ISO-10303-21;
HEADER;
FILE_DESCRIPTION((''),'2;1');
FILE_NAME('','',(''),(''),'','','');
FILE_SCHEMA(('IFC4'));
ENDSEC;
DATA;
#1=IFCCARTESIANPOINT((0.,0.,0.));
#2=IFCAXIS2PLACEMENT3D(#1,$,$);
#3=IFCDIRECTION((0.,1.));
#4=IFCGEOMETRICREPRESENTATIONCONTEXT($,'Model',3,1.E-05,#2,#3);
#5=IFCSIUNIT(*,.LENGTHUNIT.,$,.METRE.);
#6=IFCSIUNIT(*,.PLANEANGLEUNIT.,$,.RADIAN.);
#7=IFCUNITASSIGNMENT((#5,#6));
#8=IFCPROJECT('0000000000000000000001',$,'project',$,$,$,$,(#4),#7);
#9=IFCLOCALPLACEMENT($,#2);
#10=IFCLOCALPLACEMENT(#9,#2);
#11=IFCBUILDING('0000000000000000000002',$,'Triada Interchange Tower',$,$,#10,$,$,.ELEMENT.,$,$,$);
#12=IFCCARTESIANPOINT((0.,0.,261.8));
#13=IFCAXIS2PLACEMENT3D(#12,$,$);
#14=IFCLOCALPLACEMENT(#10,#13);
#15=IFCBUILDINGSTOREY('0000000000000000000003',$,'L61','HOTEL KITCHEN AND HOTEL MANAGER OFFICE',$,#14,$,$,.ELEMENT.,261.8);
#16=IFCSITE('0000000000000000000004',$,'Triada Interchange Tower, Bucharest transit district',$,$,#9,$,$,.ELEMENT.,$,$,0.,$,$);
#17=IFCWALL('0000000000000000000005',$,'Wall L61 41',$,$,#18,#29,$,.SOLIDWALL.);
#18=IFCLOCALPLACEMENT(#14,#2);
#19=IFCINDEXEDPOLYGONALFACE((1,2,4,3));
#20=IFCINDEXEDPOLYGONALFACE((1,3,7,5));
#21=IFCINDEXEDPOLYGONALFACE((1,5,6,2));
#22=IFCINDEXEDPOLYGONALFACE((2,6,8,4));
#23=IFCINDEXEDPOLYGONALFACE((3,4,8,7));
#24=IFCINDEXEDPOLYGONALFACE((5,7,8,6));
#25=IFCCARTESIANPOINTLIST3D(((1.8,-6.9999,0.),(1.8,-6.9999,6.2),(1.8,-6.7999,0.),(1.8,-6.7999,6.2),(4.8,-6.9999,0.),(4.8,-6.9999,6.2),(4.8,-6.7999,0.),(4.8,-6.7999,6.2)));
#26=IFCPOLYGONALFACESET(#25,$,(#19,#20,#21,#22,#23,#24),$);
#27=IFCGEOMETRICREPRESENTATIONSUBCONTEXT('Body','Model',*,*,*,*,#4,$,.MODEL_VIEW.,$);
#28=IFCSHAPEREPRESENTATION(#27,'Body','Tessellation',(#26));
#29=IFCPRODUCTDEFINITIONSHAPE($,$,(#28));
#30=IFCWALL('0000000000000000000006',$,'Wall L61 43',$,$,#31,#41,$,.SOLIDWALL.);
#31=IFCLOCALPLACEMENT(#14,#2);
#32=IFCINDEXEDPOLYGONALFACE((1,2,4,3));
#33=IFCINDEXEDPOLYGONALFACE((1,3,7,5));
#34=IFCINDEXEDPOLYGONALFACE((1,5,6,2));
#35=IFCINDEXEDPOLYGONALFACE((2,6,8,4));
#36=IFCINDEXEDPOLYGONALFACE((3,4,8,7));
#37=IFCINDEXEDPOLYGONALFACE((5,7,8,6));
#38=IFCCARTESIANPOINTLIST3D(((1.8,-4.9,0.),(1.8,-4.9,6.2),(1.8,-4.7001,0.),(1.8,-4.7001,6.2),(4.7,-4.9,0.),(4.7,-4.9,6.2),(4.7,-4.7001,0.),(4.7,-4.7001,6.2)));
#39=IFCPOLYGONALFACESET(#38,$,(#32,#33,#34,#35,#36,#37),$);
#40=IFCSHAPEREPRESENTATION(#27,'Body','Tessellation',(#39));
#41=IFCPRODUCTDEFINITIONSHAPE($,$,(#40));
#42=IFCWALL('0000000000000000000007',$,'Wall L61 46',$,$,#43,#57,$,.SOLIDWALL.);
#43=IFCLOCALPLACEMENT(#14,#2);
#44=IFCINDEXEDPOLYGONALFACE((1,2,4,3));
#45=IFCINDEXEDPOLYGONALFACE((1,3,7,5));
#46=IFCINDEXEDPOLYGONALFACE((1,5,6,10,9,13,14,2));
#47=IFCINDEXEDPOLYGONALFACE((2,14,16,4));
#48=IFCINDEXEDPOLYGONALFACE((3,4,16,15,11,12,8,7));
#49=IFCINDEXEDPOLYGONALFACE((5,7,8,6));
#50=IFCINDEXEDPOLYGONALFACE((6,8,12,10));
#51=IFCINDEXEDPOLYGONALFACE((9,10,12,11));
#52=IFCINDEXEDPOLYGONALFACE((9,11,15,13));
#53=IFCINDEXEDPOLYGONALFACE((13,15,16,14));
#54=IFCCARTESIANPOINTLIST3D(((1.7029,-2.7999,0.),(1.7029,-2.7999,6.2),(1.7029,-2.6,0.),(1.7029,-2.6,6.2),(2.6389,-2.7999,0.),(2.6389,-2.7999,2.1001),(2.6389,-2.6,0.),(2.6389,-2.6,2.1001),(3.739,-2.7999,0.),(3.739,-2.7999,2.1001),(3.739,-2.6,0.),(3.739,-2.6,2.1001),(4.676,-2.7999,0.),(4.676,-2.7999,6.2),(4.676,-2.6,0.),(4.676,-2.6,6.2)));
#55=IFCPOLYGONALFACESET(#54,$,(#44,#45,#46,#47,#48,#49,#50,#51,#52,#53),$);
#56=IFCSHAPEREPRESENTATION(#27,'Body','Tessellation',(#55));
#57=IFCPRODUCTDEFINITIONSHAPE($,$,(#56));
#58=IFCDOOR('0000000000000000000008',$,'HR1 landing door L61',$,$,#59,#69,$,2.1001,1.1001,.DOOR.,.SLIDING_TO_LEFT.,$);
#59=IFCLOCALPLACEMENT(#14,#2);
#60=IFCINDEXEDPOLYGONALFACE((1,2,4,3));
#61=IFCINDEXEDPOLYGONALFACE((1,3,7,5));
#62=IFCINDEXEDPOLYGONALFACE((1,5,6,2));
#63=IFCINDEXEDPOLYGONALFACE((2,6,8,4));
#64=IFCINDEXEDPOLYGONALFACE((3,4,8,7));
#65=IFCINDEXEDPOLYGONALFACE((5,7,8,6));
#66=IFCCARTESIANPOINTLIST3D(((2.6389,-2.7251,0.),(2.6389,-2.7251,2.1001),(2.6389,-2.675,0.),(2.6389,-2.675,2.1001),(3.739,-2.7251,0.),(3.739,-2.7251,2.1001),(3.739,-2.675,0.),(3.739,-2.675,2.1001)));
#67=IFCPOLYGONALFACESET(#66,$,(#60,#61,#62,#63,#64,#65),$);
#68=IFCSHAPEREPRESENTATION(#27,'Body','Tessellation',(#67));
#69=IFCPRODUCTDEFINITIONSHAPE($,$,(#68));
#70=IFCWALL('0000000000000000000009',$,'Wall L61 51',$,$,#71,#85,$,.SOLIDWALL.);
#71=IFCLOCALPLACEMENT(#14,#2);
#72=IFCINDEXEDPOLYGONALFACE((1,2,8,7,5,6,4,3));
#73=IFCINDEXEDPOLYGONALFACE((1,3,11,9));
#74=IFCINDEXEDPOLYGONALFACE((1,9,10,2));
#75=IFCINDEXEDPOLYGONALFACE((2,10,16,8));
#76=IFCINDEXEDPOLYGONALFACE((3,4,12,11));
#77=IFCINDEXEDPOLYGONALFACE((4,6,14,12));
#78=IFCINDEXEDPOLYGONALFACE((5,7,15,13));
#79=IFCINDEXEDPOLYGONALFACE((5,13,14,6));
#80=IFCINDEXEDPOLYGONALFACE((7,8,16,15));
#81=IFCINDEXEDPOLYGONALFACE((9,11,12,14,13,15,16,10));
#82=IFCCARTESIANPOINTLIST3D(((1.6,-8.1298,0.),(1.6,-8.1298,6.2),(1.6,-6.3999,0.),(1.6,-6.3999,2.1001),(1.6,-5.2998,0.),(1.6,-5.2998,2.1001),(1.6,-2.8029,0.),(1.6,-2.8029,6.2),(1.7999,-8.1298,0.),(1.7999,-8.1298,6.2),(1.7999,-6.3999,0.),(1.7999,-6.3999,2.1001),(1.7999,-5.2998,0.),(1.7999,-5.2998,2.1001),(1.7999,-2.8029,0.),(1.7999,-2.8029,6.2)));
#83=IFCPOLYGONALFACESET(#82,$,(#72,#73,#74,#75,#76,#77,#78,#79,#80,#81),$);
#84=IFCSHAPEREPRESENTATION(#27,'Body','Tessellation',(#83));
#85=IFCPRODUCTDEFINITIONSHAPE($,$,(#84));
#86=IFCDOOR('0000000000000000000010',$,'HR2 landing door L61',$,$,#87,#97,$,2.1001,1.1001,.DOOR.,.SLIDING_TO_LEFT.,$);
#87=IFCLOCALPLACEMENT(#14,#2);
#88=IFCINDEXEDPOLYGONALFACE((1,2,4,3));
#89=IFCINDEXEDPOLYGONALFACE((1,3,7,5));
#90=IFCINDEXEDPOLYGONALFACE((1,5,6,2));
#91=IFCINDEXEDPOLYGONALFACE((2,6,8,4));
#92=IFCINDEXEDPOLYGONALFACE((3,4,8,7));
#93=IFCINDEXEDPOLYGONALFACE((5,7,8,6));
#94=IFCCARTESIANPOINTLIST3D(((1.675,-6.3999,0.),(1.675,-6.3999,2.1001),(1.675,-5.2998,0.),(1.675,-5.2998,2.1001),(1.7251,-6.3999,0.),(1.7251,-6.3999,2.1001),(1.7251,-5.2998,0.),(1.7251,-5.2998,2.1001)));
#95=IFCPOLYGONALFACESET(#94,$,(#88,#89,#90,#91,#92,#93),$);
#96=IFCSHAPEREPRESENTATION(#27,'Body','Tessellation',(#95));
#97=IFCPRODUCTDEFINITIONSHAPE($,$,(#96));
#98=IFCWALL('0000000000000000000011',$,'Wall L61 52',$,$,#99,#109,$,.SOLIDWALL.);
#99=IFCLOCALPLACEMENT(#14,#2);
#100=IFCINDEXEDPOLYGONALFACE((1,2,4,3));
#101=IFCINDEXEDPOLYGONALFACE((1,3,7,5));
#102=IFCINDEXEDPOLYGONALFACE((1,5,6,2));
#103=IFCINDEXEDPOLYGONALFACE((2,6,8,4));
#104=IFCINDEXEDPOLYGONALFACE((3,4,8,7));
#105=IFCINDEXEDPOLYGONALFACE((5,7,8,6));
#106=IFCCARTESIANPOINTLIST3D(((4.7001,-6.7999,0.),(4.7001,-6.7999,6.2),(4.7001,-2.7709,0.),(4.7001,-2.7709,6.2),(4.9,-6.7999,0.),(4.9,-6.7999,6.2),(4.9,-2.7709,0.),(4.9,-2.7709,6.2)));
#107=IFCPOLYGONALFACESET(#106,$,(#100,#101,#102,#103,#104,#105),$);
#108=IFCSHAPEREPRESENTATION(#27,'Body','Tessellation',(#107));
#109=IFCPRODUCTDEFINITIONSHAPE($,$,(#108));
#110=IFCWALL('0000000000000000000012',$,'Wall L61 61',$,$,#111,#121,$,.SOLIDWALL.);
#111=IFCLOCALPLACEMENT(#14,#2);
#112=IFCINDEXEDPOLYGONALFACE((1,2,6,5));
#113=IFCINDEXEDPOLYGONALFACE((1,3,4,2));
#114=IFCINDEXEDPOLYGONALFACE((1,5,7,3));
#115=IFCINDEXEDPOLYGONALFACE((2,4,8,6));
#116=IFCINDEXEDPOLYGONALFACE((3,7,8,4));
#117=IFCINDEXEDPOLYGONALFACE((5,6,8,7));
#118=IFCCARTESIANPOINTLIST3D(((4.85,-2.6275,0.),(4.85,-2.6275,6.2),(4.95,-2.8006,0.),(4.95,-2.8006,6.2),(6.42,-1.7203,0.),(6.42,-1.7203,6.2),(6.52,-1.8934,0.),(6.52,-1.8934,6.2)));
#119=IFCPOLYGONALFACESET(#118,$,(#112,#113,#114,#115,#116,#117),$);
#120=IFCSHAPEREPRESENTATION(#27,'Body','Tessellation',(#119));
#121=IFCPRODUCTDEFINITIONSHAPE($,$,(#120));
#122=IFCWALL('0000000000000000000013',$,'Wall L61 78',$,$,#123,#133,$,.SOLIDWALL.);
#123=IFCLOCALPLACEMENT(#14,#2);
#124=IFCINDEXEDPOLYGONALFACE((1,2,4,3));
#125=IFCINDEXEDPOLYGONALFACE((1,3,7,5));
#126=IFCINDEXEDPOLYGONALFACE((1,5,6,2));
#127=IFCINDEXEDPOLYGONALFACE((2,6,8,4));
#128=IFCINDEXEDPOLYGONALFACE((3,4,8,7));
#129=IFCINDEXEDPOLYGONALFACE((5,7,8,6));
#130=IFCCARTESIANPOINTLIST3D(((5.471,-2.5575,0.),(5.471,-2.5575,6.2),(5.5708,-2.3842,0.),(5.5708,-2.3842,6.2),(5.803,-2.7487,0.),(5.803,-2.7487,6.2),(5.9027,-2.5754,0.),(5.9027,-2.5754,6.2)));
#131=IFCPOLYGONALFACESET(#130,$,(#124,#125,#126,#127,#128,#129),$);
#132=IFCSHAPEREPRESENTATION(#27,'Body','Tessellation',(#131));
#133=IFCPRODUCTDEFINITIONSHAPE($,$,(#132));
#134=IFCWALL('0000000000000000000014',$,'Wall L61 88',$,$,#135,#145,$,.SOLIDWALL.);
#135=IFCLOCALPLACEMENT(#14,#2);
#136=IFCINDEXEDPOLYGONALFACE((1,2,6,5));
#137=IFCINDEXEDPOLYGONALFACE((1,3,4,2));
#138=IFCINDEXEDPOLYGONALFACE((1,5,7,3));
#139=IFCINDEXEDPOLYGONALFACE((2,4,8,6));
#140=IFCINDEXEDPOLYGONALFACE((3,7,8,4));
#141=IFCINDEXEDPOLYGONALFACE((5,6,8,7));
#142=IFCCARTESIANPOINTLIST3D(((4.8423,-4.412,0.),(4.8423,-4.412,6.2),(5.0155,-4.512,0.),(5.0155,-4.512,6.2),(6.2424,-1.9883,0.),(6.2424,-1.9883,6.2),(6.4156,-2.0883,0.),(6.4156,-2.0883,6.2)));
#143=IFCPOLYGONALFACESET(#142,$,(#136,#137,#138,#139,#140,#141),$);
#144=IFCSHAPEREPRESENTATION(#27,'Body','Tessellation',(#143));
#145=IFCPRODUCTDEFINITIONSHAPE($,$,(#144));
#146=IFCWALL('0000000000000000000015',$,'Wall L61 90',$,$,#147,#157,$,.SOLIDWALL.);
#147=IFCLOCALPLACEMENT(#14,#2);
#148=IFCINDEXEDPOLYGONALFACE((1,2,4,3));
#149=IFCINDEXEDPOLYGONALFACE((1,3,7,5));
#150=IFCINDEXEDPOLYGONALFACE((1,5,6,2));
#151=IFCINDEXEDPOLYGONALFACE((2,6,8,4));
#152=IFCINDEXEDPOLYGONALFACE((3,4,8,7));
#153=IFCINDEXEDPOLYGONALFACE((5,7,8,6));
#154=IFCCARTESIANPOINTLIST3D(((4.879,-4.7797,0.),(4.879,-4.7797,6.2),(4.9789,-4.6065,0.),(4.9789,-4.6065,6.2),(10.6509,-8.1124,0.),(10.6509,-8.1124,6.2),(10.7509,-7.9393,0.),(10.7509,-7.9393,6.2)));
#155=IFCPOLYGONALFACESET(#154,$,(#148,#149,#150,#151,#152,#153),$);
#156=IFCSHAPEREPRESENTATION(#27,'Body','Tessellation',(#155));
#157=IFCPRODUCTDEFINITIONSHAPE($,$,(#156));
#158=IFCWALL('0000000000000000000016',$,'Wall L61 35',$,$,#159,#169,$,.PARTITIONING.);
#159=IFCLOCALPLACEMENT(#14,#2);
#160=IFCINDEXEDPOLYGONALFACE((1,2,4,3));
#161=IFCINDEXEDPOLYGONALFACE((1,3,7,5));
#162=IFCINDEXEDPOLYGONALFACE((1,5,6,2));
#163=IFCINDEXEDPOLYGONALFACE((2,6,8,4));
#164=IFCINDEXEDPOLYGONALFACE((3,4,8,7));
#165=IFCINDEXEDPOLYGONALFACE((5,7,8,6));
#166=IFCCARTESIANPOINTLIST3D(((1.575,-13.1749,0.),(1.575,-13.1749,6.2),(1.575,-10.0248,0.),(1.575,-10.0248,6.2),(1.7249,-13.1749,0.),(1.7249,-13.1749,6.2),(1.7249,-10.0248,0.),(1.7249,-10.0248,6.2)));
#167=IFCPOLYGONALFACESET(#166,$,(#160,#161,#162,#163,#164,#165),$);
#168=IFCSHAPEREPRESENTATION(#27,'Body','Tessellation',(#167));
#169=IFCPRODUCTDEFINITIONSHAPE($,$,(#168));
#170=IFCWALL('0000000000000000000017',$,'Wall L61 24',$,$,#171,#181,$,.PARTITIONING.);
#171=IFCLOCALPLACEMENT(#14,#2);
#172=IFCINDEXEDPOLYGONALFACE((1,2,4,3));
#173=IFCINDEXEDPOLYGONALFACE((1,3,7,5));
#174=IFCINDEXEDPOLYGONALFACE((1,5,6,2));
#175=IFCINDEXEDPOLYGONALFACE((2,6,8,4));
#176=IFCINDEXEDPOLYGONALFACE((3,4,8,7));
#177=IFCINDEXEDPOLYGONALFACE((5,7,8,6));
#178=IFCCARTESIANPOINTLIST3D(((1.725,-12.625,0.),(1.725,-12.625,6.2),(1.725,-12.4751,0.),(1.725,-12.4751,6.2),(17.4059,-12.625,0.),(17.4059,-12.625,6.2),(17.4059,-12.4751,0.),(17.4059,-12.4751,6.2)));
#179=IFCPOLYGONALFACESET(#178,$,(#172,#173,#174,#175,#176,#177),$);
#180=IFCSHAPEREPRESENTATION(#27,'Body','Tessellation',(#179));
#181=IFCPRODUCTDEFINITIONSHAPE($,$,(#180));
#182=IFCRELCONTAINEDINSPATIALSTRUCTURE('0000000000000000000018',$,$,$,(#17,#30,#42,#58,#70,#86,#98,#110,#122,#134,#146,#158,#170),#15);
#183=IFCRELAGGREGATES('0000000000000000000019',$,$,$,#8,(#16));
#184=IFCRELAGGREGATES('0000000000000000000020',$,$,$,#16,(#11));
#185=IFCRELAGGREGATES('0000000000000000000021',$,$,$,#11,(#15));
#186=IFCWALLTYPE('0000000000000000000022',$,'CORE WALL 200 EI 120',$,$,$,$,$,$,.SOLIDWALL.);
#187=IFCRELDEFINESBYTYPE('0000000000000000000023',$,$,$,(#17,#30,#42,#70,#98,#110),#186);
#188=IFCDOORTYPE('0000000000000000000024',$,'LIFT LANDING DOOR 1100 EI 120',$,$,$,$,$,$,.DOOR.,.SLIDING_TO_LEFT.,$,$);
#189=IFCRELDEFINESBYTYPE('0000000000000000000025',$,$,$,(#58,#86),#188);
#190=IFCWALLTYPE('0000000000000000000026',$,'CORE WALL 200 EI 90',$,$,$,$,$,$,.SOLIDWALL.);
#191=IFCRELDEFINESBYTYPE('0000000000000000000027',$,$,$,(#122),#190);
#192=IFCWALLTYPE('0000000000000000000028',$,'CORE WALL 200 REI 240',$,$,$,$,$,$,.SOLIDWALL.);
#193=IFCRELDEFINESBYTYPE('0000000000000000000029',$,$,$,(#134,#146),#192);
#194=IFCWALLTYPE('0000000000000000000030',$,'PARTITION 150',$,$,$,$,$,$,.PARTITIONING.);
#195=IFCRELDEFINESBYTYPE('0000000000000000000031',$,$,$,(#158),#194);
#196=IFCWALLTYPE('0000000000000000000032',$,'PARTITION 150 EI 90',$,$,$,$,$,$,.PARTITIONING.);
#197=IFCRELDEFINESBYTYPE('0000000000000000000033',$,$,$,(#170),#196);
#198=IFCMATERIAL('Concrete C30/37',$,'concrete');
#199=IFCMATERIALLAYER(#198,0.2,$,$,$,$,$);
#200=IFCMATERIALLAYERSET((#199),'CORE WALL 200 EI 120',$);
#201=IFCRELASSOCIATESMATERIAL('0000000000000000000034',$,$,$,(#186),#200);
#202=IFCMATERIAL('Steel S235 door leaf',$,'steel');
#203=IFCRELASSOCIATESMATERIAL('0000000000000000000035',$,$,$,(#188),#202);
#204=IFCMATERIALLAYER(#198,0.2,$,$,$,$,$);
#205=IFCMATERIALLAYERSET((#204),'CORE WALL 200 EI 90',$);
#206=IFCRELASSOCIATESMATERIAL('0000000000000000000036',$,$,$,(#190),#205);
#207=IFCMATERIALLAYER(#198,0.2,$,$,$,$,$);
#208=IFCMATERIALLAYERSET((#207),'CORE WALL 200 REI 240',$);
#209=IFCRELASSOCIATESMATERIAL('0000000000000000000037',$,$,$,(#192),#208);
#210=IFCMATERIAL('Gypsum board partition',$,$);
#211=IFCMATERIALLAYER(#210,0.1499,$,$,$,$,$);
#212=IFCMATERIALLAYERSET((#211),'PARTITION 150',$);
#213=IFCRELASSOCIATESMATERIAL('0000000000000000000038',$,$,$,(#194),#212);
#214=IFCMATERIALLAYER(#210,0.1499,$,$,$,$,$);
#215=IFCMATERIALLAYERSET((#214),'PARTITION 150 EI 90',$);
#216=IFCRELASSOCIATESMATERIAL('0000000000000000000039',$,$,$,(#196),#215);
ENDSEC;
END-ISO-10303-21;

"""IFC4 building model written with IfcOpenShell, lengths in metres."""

from ifc_helpers import new_model, si_unit, direction, frame, frame_2d, origin, place, context, subcontext, project, spatial, rectangle, extrude, material, layer, layer_set, type_object, element, fill, save


model = new_model("IFC4")

# Units and contexts
model_context = context("Model", 3, precision=1e-05, world=origin(), true_north=direction((0.0, 1.0)))
body_context = subcontext(model_context, "Body", "Model", "MODEL_VIEW")
ifc_project = project(units=[si_unit("LENGTHUNIT", "METRE"), si_unit("PLANEANGLEUNIT", "RADIAN")], contexts=[model_context])

# Site, building, storey
site_placement = place(None, origin())
site = spatial("IfcSite", under=ifc_project, at=site_placement, Name="Triada Interchange Tower, Bucharest transit district", CompositionType="ELEMENT", RefElevation=0.0)
building_placement = place(site_placement, origin())
building = spatial("IfcBuilding", under=site, at=building_placement, Name="Triada Interchange Tower", CompositionType="ELEMENT")
storey_placement = place(building_placement, frame((0.0, 0.0, 261.8)))
storey = spatial("IfcBuildingStorey", under=building, at=storey_placement, Name="L61", Description="HOTEL KITCHEN AND HOTEL MANAGER OFFICE", CompositionType="ELEMENT", Elevation=261.8)

# Walls
ifc_material_1 = material(Name="Concrete C30/37", Category="concrete")
ifc_layer_1 = layer(ifc_material_1, 0.2)
ifc_layer_set_1 = layer_set([ifc_layer_1], Name="CORE WALL 200 EI 120")
wall_type_1 = type_object("IfcWallType", Name="CORE WALL 200 EI 120", PredefinedType="SOLIDWALL", material=ifc_layer_set_1)
wall_1_placement = place(storey_placement, frame((1.8, -6.8999, 0.0), z_axis=(0.0, 0.0, 1.0), x_axis=(1.0, 0.0, 0.0)))
element("IfcWall", 1, at=wall_1_placement, inside=storey, type_object=wall_type_1, Name="Wall L61 41", PredefinedType="SOLIDWALL", context=body_context, shape_type="SweptSolid", body=[
    extrude(rectangle(XDim=3.0, YDim=0.2, at=frame_2d((1.5, 0.0))), origin(), (0.0, 0.0, 1.0), 6.2),
])
wall_2_placement = place(storey_placement, frame((1.8, -4.8, 0.0), z_axis=(0.0, 0.0, 1.0), x_axis=(1.0, 0.0, 0.0)))
element("IfcWall", 2, at=wall_2_placement, inside=storey, type_object=wall_type_1, Name="Wall L61 43", PredefinedType="SOLIDWALL", context=body_context, shape_type="SweptSolid", body=[
    extrude(rectangle(XDim=2.8999, YDim=0.2, at=frame_2d((1.45, 0.0))), origin(), (0.0, 0.0, 1.0), 6.2),
])

# Walls, openings, doors
wall_3_placement = place(storey_placement, frame((1.7029, -2.7, 0.0), z_axis=(0.0, 0.0, 1.0), x_axis=(1.0, 0.0, 0.0)))
wall_3 = element("IfcWall", 3, at=wall_3_placement, inside=storey, type_object=wall_type_1, Name="Wall L61 46", PredefinedType="SOLIDWALL", context=body_context, shape_type="SweptSolid", body=[
    extrude(rectangle(XDim=2.9731, YDim=0.2, at=frame_2d((1.4866, 0.0))), origin(), (0.0, 0.0, 1.0), 6.2),
])
opening_1_placement = place(wall_3_placement, frame((0.936, 0.0, 0.0)))
opening_1 = element("IfcOpeningElement", 4, at=opening_1_placement, cuts=wall_3, PredefinedType="OPENING", context=body_context, shape_type="SweptSolid", body=[
    extrude(rectangle(XDim=1.1001, YDim=2.1001, at=frame_2d((0.55, 1.05))), frame((0.0, 0.1099, 0.0), z_axis=(0.0, -1.0, 0.0), x_axis=(1.0, 0.0, 0.0)), (0.0, 0.0, 1.0), 0.22),
])
ifc_material_2 = material(Name="Steel S235 door leaf", Category="steel")
door_type = type_object("IfcDoorType", Name="LIFT LANDING DOOR 1100 EI 120", OperationType="SLIDING_TO_LEFT", PredefinedType="DOOR", material=ifc_material_2)
door_1_placement = place(opening_1_placement, origin())
door_1 = element("IfcDoor", 5, at=door_1_placement, inside=storey, type_object=door_type, Name="HR1 landing door L61", OperationType="SLIDING_TO_LEFT", OverallHeight=2.1001, OverallWidth=1.1001, PredefinedType="DOOR", context=body_context, shape_type="SweptSolid", body=[
    extrude(rectangle(XDim=1.1001, YDim=2.1001, at=frame_2d((0.55, 1.05))), frame((0.0, 0.0249, 0.0), z_axis=(0.0, -1.0, 0.0), x_axis=(1.0, 0.0, 0.0)), (0.0, 0.0, 1.0), 0.05),
])
fill(opening_1, door_1)
wall_4_placement = place(storey_placement, frame((1.7, -8.1299, 0.0), z_axis=(0.0, 0.0, 1.0), x_axis=(0.0, 1.0, 0.0)))
wall_4 = element("IfcWall", 6, at=wall_4_placement, inside=storey, type_object=wall_type_1, Name="Wall L61 51", PredefinedType="SOLIDWALL", context=body_context, shape_type="SweptSolid", body=[
    extrude(rectangle(XDim=5.3269, YDim=0.2, at=frame_2d((2.6636, 0.0))), origin(), (0.0, 0.0, 1.0), 6.2),
])
opening_2_placement = place(wall_4_placement, frame((1.73, 0.0, 0.0)))
opening_2 = element("IfcOpeningElement", 7, at=opening_2_placement, cuts=wall_4, PredefinedType="OPENING", context=body_context, shape_type="SweptSolid", body=[
    extrude(rectangle(XDim=1.1001, YDim=2.1001, at=frame_2d((0.55, 1.05))), frame((0.0, 0.1099, 0.0), z_axis=(0.0, -1.0, 0.0), x_axis=(1.0, 0.0, 0.0)), (0.0, 0.0, 1.0), 0.22),
])
door_2_placement = place(opening_2_placement, origin())
door_2 = element("IfcDoor", 8, at=door_2_placement, inside=storey, type_object=door_type, Name="HR2 landing door L61", OperationType="SLIDING_TO_LEFT", OverallHeight=2.1001, OverallWidth=1.1001, PredefinedType="DOOR", context=body_context, shape_type="SweptSolid", body=[
    extrude(rectangle(XDim=1.1001, YDim=2.1001, at=frame_2d((0.55, 1.05))), frame((0.0, 0.0249, 0.0), z_axis=(0.0, -1.0, 0.0), x_axis=(1.0, 0.0, 0.0)), (0.0, 0.0, 1.0), 0.05),
])
fill(opening_2, door_2)

# Walls
wall_5_placement = place(storey_placement, frame((4.8, -6.8, 0.0), z_axis=(0.0, 0.0, 1.0), x_axis=(0.0, 1.0, 0.0)))
element("IfcWall", 9, at=wall_5_placement, inside=storey, type_object=wall_type_1, Name="Wall L61 52", PredefinedType="SOLIDWALL", context=body_context, shape_type="SweptSolid", body=[
    extrude(rectangle(XDim=4.0291, YDim=0.2, at=frame_2d((2.0146, 0.0))), origin(), (0.0, 0.0, 1.0), 6.2),
])
wall_6_placement = place(storey_placement, frame((4.8999, -2.7141, 0.0), z_axis=(0.0, 0.0, 1.0), x_axis=(0.865847, 0.500309, 0.0)))
element("IfcWall", 10, at=wall_6_placement, inside=storey, type_object=wall_type_1, Name="Wall L61 61", PredefinedType="SOLIDWALL", context=body_context, shape_type="SweptSolid", body=[
    extrude(rectangle(XDim=1.8132, YDim=0.2, at=frame_2d((0.9067, 0.0))), origin(), (0.0, 0.0, 1.0), 6.2),
])
ifc_layer_2 = layer(ifc_material_1, 0.2)
ifc_layer_set_2 = layer_set([ifc_layer_2], Name="CORE WALL 200 EI 90")
wall_type_2 = type_object("IfcWallType", Name="CORE WALL 200 EI 90", PredefinedType="SOLIDWALL", material=ifc_layer_set_2)
wall_7_placement = place(storey_placement, frame((5.521, -2.4709, 0.0), z_axis=(0.0, 0.0, 1.0), x_axis=(0.866631, -0.49895, 0.0)))
element("IfcWall", 11, at=wall_7_placement, inside=storey, type_object=wall_type_2, Name="Wall L61 78", PredefinedType="SOLIDWALL", context=body_context, shape_type="SweptSolid", body=[
    extrude(rectangle(XDim=0.3831, YDim=0.2, at=frame_2d((0.1914, 0.0))), origin(), (0.0, 0.0, 1.0), 6.2),
])
ifc_layer_3 = layer(ifc_material_1, 0.2)
ifc_layer_set_3 = layer_set([ifc_layer_3], Name="CORE WALL 200 REI 240")
wall_type_3 = type_object("IfcWallType", Name="CORE WALL 200 REI 240", PredefinedType="SOLIDWALL", material=ifc_layer_set_3)
wall_8_placement = place(storey_placement, frame((4.929, -4.4619, 0.0), z_axis=(0.0, 0.0, 1.0), x_axis=(0.500201, 0.86591, 0.0)))
element("IfcWall", 12, at=wall_8_placement, inside=storey, type_object=wall_type_3, Name="Wall L61 88", PredefinedType="SOLIDWALL", context=body_context, shape_type="SweptSolid", body=[
    extrude(rectangle(XDim=2.7991, YDim=0.2, at=frame_2d((1.3994, 0.0))), origin(), (0.0, 0.0, 1.0), 6.2),
])
wall_9_placement = place(storey_placement, frame((4.929, -4.6931, 0.0), z_axis=(0.0, 0.0, 1.0), x_axis=(0.866005, -0.500035, 0.0)))
element("IfcWall", 13, at=wall_9_placement, inside=storey, type_object=wall_type_3, Name="Wall L61 90", PredefinedType="SOLIDWALL", context=body_context, shape_type="SweptSolid", body=[
    extrude(rectangle(XDim=6.665, YDim=0.2, at=frame_2d((3.3325, 0.0))), origin(), (0.0, 0.0, 1.0), 6.2),
])
ifc_material_3 = material(Name="Gypsum board partition")
ifc_layer_4 = layer(ifc_material_3, 0.1499)
ifc_layer_set_4 = layer_set([ifc_layer_4], Name="PARTITION 150")
wall_type_4 = type_object("IfcWallType", Name="PARTITION 150", PredefinedType="PARTITIONING", material=ifc_layer_set_4)
wall_10_placement = place(storey_placement, frame((1.6499, -13.175, 0.0), z_axis=(0.0, 0.0, 1.0), x_axis=(0.0, 1.0, 0.0)))
element("IfcWall", 14, at=wall_10_placement, inside=storey, type_object=wall_type_4, Name="Wall L61 35", PredefinedType="PARTITIONING", context=body_context, shape_type="SweptSolid", body=[
    extrude(rectangle(XDim=3.1501, YDim=0.1499, at=frame_2d((1.5752, 0.0))), origin(), (0.0, 0.0, 1.0), 6.2),
])
ifc_layer_5 = layer(ifc_material_3, 0.1499)
ifc_layer_set_5 = layer_set([ifc_layer_5], Name="PARTITION 150 EI 90")
wall_type_5 = type_object("IfcWallType", Name="PARTITION 150 EI 90", PredefinedType="PARTITIONING", material=ifc_layer_set_5)
wall_11_placement = place(storey_placement, frame((1.7251, -12.55, 0.0), z_axis=(0.0, 0.0, 1.0), x_axis=(1.0, 0.0, 0.0)))
element("IfcWall", 15, at=wall_11_placement, inside=storey, type_object=wall_type_5, Name="Wall L61 24", PredefinedType="PARTITIONING", context=body_context, shape_type="SweptSolid", body=[
    extrude(rectangle(XDim=15.6809, YDim=0.1499, at=frame_2d((7.8403, 0.0))), origin(), (0.0, 0.0, 1.0), 6.2),
])

save(model, "model.ifc")
